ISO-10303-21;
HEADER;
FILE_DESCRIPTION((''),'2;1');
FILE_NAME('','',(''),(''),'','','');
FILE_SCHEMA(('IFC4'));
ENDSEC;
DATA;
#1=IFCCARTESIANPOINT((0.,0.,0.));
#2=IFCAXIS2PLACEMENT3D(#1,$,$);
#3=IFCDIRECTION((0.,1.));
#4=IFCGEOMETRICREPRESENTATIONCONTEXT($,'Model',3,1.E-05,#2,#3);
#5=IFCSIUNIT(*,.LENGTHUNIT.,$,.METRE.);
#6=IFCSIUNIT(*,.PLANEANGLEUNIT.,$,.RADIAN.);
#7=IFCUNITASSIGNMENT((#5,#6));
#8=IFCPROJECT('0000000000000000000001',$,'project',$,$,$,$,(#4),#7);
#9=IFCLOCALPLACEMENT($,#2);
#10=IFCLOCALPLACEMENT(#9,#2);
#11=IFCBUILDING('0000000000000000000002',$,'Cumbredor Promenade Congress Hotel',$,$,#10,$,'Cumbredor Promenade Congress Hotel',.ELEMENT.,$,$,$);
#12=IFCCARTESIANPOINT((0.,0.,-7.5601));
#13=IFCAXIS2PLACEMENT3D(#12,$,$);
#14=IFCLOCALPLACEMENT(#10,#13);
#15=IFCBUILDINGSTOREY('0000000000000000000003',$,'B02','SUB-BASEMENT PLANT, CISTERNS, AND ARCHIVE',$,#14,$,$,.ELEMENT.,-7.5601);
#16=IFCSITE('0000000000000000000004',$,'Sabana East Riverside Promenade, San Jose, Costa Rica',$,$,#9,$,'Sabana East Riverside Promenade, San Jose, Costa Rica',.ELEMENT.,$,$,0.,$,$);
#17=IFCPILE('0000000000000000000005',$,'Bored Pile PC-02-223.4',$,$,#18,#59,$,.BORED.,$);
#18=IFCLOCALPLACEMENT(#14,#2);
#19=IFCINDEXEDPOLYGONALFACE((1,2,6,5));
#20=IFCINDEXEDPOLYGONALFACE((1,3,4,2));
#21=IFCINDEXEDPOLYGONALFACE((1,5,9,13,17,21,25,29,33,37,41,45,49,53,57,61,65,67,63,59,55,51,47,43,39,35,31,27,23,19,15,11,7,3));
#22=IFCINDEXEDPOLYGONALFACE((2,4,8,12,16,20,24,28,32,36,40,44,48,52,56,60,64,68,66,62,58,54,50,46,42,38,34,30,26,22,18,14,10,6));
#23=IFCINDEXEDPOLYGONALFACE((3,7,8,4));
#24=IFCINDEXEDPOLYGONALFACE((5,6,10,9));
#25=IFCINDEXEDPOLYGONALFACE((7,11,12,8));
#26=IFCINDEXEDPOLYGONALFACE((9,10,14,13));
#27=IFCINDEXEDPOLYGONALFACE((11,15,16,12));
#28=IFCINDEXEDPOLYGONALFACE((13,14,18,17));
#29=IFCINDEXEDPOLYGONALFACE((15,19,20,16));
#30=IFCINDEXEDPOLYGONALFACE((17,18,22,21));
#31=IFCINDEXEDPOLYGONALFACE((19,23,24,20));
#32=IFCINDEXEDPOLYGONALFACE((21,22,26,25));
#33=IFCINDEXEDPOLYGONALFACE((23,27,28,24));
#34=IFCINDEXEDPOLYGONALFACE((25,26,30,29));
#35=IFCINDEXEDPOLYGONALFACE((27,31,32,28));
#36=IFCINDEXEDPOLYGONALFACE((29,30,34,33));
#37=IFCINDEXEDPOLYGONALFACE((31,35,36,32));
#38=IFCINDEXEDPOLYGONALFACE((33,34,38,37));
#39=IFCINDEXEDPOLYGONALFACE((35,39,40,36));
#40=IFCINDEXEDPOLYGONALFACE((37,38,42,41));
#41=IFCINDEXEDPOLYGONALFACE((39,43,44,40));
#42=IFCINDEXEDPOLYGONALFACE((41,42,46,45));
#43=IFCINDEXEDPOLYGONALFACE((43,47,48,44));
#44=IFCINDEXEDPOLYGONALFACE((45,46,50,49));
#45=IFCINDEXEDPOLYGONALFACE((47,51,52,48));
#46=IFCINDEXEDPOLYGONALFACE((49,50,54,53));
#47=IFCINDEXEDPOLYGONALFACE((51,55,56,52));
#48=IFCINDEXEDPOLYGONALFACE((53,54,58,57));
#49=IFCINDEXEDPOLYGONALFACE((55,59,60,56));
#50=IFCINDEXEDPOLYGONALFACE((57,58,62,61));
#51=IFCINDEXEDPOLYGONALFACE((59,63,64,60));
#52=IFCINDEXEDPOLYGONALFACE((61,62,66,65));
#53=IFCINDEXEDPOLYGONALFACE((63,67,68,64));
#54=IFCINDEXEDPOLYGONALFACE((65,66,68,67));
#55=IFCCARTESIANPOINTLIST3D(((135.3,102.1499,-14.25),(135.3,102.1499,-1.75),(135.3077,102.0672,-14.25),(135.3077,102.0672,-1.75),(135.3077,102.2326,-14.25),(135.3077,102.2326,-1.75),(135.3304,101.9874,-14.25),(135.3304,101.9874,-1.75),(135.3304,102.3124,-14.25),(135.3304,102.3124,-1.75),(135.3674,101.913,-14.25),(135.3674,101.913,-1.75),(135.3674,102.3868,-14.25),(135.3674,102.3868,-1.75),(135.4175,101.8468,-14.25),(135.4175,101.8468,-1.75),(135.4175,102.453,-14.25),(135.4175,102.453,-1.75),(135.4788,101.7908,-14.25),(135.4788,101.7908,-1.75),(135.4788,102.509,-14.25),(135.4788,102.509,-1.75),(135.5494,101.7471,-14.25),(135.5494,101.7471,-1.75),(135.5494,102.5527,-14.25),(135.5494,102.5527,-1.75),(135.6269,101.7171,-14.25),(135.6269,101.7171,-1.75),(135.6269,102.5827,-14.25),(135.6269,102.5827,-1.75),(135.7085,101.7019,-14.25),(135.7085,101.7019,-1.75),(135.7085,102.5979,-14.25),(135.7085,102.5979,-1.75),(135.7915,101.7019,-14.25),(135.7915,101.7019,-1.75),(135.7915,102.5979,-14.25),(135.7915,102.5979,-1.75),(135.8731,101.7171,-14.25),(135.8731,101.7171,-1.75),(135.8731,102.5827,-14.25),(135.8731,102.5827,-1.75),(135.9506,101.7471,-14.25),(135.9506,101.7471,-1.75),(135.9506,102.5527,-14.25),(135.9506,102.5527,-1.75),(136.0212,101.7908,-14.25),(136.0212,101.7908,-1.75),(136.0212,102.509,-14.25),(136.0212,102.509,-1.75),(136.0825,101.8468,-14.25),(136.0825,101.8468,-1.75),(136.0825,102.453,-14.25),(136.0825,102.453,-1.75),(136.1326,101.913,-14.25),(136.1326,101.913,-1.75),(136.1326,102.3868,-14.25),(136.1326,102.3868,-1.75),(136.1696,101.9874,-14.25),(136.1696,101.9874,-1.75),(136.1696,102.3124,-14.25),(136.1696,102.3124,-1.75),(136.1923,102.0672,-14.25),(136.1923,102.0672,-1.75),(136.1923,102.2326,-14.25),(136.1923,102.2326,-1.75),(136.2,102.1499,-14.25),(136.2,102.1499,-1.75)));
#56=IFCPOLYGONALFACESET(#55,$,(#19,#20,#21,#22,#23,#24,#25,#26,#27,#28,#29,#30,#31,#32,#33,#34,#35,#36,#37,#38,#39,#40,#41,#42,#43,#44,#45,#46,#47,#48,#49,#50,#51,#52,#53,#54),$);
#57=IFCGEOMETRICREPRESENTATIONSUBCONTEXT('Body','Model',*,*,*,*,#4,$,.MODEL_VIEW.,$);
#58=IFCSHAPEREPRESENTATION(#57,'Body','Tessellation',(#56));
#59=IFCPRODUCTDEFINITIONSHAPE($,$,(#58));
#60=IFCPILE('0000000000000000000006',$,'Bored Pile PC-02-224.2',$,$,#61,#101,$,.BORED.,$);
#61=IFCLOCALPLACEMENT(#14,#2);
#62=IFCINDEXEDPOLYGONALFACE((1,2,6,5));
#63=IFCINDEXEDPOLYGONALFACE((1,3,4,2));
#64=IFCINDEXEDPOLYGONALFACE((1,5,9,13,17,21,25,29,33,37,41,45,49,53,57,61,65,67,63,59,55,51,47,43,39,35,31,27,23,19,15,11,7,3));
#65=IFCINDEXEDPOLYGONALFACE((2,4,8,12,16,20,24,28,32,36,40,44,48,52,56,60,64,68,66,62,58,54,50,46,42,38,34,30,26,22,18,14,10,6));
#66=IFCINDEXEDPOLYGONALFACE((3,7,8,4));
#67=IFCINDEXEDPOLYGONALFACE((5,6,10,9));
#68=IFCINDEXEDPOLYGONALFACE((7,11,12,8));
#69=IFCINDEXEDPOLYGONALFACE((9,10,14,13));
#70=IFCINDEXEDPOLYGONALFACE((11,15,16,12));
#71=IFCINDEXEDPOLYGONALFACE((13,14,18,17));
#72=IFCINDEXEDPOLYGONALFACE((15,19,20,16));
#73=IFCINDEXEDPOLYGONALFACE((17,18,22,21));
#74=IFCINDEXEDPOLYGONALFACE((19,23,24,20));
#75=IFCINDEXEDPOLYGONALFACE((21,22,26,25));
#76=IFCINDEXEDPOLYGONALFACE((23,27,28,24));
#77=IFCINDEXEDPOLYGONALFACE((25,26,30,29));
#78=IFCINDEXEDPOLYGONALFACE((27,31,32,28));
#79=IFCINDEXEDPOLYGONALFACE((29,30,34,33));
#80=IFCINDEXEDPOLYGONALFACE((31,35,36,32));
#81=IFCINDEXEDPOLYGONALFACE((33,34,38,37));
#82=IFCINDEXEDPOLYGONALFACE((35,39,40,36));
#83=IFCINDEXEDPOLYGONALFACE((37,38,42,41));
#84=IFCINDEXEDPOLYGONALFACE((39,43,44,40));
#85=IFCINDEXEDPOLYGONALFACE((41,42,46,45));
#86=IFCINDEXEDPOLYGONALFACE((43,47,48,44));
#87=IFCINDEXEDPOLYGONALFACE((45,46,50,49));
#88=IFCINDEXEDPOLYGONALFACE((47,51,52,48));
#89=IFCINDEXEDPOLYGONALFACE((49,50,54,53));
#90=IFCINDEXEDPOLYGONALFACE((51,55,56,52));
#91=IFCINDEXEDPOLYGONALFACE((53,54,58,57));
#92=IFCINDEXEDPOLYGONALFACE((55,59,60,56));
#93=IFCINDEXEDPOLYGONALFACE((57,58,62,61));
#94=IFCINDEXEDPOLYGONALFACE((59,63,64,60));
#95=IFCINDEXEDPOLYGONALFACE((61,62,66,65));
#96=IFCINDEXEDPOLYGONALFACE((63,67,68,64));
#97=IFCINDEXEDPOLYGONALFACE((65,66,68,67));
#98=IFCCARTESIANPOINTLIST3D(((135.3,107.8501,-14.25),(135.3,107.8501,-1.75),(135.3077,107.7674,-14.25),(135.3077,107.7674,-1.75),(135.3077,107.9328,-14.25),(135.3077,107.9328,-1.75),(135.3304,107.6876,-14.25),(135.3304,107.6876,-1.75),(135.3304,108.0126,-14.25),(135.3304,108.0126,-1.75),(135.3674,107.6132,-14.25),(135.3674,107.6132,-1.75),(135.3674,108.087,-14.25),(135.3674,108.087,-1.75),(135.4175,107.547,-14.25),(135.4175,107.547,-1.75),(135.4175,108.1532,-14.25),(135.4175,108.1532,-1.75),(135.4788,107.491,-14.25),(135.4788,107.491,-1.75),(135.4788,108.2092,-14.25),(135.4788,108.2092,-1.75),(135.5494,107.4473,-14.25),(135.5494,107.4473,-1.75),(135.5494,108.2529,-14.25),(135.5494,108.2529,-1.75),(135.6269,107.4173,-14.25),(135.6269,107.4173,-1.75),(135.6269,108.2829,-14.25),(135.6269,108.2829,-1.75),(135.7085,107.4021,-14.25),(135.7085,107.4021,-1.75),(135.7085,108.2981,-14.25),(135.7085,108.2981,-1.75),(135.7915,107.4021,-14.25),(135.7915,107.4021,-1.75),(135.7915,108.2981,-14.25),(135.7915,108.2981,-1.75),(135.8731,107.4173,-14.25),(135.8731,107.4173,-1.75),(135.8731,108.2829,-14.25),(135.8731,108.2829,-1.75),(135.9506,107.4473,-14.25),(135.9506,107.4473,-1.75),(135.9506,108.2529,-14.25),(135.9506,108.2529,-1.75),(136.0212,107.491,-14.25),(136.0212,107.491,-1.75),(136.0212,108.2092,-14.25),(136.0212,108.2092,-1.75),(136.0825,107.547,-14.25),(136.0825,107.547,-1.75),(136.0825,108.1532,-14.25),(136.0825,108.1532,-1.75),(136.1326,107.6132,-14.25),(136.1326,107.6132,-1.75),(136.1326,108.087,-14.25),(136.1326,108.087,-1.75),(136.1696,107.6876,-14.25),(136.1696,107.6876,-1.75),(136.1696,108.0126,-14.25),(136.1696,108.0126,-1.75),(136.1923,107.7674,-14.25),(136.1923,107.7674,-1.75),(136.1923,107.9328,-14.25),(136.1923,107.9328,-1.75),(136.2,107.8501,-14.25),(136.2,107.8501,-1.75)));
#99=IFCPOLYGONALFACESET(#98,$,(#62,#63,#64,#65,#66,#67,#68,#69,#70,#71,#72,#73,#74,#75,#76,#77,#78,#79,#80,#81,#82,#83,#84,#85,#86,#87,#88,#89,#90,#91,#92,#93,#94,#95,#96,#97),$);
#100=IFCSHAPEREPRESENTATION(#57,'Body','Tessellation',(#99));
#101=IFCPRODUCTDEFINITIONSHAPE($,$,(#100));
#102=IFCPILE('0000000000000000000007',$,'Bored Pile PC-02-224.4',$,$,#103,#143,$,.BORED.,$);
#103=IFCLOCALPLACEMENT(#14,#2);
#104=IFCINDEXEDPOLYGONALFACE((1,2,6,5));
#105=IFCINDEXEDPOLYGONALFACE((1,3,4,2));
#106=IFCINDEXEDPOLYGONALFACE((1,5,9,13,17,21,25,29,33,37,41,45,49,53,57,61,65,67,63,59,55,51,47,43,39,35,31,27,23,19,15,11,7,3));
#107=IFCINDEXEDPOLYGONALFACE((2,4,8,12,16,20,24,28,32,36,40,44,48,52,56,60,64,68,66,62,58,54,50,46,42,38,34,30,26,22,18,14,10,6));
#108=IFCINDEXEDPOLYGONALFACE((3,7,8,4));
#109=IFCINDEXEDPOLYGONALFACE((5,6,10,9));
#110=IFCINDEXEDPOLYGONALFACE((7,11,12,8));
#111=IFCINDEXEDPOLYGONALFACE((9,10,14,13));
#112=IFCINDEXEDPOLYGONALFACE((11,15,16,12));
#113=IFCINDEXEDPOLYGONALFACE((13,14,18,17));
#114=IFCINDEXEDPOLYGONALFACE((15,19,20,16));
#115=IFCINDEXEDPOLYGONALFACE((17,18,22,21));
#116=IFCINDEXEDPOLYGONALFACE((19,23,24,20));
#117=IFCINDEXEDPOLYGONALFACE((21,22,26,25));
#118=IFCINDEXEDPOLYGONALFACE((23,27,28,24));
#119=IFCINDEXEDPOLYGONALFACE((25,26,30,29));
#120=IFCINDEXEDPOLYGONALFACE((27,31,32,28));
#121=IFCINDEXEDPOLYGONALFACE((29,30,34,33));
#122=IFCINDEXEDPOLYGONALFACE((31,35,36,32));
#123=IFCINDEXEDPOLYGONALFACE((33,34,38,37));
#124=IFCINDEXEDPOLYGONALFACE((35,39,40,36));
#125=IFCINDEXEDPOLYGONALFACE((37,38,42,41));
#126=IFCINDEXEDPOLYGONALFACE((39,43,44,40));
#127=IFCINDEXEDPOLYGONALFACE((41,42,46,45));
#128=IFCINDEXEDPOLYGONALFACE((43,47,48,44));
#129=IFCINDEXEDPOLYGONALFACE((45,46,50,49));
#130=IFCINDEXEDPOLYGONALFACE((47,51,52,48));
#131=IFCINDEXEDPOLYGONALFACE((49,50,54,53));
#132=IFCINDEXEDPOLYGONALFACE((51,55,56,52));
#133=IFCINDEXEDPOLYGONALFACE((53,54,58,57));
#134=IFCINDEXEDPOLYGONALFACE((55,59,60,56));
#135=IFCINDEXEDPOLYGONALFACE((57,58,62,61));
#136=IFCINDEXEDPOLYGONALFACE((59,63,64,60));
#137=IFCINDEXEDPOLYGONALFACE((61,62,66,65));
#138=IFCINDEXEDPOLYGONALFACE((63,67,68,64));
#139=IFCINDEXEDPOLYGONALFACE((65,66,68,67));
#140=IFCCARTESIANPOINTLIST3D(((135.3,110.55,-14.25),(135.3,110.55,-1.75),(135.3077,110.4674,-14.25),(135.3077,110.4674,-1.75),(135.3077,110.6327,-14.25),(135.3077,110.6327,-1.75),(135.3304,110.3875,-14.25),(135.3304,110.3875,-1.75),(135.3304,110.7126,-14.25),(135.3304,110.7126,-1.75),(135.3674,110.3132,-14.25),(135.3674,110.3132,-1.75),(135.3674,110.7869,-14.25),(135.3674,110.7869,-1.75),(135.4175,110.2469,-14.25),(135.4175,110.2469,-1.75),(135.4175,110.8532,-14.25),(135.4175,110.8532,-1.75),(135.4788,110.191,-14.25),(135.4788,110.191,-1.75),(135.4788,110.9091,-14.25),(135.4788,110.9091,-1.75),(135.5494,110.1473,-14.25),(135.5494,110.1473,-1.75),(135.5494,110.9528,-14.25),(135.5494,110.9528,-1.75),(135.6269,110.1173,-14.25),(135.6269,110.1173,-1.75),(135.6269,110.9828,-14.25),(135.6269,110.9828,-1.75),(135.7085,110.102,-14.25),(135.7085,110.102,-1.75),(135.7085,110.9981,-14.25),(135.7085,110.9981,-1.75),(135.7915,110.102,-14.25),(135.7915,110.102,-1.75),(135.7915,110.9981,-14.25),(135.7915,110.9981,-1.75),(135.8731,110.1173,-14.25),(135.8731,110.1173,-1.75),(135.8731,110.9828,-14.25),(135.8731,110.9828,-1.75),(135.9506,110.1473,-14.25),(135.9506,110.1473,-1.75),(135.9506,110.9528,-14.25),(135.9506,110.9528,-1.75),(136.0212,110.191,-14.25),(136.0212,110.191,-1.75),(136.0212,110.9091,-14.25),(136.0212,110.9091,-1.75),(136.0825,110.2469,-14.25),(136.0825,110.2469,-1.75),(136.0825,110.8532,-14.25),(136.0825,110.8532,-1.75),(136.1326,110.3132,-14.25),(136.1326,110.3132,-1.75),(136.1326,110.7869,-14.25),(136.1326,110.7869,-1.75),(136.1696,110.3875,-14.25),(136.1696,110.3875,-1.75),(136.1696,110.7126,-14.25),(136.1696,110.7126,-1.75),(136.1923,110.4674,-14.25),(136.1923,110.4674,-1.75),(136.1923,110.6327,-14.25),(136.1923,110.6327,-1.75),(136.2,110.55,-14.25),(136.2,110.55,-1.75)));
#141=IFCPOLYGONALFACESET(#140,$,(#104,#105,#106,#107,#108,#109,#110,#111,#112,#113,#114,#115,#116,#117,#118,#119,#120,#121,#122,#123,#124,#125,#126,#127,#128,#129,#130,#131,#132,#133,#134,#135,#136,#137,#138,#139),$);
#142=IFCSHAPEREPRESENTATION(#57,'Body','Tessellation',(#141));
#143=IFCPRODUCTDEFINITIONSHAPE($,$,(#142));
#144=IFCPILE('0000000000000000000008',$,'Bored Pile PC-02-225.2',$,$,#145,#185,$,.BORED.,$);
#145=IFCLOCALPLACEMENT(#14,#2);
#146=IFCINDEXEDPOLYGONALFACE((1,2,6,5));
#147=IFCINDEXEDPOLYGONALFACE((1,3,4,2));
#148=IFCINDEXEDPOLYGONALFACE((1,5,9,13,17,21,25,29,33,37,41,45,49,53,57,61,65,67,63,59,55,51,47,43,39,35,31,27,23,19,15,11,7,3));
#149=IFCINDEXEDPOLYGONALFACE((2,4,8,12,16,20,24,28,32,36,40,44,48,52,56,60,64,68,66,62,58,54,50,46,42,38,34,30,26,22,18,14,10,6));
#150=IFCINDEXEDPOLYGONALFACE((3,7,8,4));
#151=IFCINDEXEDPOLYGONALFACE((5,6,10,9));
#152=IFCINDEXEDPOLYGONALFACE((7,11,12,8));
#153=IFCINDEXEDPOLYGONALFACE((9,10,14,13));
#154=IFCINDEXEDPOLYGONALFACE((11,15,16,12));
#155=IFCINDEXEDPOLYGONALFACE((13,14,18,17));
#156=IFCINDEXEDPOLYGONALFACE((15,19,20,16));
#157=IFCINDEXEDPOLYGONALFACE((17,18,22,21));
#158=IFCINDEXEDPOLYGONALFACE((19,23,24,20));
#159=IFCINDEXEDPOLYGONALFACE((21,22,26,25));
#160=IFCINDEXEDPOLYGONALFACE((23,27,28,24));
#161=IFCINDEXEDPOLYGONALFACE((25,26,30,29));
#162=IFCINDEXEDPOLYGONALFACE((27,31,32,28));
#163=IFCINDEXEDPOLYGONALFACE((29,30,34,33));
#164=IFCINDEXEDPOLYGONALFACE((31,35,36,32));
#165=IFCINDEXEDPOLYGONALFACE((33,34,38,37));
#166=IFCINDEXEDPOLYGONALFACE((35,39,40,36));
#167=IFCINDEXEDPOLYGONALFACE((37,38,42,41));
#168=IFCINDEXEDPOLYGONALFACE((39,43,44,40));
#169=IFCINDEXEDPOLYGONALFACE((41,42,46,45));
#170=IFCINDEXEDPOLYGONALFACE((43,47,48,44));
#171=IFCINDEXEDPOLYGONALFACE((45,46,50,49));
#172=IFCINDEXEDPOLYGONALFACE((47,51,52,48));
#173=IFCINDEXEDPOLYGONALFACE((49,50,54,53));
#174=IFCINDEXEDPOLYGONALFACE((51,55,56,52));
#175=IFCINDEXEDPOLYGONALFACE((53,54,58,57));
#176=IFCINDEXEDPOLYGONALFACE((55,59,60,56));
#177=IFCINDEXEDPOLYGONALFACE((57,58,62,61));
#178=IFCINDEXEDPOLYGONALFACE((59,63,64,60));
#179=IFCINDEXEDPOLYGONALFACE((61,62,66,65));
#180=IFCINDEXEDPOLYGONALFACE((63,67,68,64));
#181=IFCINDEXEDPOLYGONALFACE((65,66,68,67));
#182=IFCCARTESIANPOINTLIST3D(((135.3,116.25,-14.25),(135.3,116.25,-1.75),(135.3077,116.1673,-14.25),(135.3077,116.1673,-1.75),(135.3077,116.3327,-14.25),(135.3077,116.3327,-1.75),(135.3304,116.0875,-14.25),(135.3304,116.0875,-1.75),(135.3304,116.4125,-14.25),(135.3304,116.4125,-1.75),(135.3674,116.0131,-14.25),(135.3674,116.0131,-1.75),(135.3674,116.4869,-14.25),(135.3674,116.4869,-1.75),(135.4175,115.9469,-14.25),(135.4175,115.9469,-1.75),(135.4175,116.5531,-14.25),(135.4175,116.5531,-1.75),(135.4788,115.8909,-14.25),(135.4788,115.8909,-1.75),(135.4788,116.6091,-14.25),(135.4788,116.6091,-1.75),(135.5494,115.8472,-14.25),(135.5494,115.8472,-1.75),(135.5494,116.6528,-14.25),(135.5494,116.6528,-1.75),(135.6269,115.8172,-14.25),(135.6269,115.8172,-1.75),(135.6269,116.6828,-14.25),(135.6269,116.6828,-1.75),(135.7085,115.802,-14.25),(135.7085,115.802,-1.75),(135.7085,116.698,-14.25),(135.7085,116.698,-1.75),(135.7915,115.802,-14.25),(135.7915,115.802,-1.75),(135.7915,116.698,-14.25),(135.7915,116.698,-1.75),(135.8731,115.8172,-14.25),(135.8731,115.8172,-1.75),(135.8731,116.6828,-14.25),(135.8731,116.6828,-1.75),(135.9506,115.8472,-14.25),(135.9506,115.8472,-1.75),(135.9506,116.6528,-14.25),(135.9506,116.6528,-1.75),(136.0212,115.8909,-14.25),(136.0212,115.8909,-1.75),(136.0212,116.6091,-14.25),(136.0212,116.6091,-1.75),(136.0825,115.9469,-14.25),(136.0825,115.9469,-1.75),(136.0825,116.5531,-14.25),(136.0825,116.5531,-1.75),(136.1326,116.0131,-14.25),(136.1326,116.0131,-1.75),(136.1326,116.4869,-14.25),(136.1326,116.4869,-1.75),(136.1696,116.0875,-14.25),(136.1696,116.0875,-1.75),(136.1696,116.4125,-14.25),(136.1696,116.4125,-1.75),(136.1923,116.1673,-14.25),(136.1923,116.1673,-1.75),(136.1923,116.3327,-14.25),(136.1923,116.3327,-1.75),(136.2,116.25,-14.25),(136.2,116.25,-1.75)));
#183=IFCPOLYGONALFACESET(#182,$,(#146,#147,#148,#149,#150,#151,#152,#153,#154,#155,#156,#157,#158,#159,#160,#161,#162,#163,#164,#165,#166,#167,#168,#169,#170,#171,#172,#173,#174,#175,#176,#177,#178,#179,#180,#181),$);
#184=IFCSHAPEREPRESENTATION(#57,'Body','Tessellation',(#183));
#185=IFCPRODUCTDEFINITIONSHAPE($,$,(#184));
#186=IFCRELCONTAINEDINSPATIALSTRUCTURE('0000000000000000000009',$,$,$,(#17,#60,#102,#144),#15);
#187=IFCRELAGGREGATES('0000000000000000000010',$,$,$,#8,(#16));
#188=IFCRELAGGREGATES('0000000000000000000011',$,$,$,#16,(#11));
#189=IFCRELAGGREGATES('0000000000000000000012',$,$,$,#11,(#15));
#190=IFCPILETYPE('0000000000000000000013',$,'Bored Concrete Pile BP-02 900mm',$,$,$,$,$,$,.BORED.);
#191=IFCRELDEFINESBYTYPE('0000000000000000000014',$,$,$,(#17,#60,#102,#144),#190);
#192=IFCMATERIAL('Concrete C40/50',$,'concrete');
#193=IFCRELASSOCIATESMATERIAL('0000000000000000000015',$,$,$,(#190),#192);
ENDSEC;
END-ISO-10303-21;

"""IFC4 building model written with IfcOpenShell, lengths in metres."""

from ifc_helpers import new_model, si_unit, direction, frame, origin, origin_2d, place, context, subcontext, project, spatial, circle, extrude, material, material_profile, profile_set, type_object, element, save


model = new_model("IFC4")

# Units and contexts
model_context = context("Model", 3, precision=1e-05, world=origin(), true_north=direction((0.0, 1.0)))
body_context = subcontext(model_context, "Body", "Model", "MODEL_VIEW")
ifc_project = project(units=[si_unit("LENGTHUNIT", "METRE"), si_unit("PLANEANGLEUNIT", "RADIAN")], contexts=[model_context])

# Site, building, storey
site_placement = place(None, origin())
site = spatial("IfcSite", under=ifc_project, at=site_placement, Name="Sabana East Riverside Promenade, San Jose, Costa Rica", LongName="Sabana East Riverside Promenade, San Jose, Costa Rica", CompositionType="ELEMENT", RefElevation=0.0)
building_placement = place(site_placement, origin())
building = spatial("IfcBuilding", under=site, at=building_placement, Name="Cumbredor Promenade Congress Hotel", LongName="Cumbredor Promenade Congress Hotel", CompositionType="ELEMENT")
storey_placement = place(building_placement, frame((0.0, 0.0, -7.5601)))
storey = spatial("IfcBuildingStorey", under=building, at=storey_placement, Name="B02", Description="SUB-BASEMENT PLANT, CISTERNS, AND ARCHIVE", CompositionType="ELEMENT", Elevation=-7.5601)

# Piles
ifc_material_1 = material(Name="Concrete C40/50", Category="concrete")
ifc_material_profile_1 = material_profile(ifc_material_1, circle(Radius=0.45, at=origin_2d()), Name="PILE D900")
ifc_profile_set_1 = profile_set([ifc_material_profile_1], Name="Concrete C40/50")
pile_type = type_object("IfcPileType", Name="Bored Concrete Pile BP-02 900mm", PredefinedType="BORED", material=ifc_profile_set_1)
for number, where, z_axis, x_axis, name in (
    (1, (135.75, 102.1499, -1.75), (0.0, 0.0, -1.0), (1.0, 0.0, 0.0), "Bored Pile PC-02-223.4"),
    (2, (135.75, 107.8501, -1.75), (0.0, 0.0, -1.0), (1.0, 0.0, 0.0), "Bored Pile PC-02-224.2"),
    (3, (135.75, 110.55, -1.75), (0.0, 0.0, -1.0), (1.0, 0.0, 0.0), "Bored Pile PC-02-224.4"),
    (4, (135.75, 116.25, -1.75), (0.0, 0.0, -1.0), (1.0, 0.0, 0.0), "Bored Pile PC-02-225.2"),
):
    element("IfcPile", number, at=place(storey_placement, frame(where, z_axis=z_axis, x_axis=x_axis)), inside=storey, type_object=pile_type, Name=name, PredefinedType="BORED", context=body_context, shape_type="SweptSolid", body=[
        extrude(circle(Radius=0.45, at=origin_2d()), origin(), (0.0, 0.0, 1.0), 12.5),
    ])

save(model, "model.ifc")
